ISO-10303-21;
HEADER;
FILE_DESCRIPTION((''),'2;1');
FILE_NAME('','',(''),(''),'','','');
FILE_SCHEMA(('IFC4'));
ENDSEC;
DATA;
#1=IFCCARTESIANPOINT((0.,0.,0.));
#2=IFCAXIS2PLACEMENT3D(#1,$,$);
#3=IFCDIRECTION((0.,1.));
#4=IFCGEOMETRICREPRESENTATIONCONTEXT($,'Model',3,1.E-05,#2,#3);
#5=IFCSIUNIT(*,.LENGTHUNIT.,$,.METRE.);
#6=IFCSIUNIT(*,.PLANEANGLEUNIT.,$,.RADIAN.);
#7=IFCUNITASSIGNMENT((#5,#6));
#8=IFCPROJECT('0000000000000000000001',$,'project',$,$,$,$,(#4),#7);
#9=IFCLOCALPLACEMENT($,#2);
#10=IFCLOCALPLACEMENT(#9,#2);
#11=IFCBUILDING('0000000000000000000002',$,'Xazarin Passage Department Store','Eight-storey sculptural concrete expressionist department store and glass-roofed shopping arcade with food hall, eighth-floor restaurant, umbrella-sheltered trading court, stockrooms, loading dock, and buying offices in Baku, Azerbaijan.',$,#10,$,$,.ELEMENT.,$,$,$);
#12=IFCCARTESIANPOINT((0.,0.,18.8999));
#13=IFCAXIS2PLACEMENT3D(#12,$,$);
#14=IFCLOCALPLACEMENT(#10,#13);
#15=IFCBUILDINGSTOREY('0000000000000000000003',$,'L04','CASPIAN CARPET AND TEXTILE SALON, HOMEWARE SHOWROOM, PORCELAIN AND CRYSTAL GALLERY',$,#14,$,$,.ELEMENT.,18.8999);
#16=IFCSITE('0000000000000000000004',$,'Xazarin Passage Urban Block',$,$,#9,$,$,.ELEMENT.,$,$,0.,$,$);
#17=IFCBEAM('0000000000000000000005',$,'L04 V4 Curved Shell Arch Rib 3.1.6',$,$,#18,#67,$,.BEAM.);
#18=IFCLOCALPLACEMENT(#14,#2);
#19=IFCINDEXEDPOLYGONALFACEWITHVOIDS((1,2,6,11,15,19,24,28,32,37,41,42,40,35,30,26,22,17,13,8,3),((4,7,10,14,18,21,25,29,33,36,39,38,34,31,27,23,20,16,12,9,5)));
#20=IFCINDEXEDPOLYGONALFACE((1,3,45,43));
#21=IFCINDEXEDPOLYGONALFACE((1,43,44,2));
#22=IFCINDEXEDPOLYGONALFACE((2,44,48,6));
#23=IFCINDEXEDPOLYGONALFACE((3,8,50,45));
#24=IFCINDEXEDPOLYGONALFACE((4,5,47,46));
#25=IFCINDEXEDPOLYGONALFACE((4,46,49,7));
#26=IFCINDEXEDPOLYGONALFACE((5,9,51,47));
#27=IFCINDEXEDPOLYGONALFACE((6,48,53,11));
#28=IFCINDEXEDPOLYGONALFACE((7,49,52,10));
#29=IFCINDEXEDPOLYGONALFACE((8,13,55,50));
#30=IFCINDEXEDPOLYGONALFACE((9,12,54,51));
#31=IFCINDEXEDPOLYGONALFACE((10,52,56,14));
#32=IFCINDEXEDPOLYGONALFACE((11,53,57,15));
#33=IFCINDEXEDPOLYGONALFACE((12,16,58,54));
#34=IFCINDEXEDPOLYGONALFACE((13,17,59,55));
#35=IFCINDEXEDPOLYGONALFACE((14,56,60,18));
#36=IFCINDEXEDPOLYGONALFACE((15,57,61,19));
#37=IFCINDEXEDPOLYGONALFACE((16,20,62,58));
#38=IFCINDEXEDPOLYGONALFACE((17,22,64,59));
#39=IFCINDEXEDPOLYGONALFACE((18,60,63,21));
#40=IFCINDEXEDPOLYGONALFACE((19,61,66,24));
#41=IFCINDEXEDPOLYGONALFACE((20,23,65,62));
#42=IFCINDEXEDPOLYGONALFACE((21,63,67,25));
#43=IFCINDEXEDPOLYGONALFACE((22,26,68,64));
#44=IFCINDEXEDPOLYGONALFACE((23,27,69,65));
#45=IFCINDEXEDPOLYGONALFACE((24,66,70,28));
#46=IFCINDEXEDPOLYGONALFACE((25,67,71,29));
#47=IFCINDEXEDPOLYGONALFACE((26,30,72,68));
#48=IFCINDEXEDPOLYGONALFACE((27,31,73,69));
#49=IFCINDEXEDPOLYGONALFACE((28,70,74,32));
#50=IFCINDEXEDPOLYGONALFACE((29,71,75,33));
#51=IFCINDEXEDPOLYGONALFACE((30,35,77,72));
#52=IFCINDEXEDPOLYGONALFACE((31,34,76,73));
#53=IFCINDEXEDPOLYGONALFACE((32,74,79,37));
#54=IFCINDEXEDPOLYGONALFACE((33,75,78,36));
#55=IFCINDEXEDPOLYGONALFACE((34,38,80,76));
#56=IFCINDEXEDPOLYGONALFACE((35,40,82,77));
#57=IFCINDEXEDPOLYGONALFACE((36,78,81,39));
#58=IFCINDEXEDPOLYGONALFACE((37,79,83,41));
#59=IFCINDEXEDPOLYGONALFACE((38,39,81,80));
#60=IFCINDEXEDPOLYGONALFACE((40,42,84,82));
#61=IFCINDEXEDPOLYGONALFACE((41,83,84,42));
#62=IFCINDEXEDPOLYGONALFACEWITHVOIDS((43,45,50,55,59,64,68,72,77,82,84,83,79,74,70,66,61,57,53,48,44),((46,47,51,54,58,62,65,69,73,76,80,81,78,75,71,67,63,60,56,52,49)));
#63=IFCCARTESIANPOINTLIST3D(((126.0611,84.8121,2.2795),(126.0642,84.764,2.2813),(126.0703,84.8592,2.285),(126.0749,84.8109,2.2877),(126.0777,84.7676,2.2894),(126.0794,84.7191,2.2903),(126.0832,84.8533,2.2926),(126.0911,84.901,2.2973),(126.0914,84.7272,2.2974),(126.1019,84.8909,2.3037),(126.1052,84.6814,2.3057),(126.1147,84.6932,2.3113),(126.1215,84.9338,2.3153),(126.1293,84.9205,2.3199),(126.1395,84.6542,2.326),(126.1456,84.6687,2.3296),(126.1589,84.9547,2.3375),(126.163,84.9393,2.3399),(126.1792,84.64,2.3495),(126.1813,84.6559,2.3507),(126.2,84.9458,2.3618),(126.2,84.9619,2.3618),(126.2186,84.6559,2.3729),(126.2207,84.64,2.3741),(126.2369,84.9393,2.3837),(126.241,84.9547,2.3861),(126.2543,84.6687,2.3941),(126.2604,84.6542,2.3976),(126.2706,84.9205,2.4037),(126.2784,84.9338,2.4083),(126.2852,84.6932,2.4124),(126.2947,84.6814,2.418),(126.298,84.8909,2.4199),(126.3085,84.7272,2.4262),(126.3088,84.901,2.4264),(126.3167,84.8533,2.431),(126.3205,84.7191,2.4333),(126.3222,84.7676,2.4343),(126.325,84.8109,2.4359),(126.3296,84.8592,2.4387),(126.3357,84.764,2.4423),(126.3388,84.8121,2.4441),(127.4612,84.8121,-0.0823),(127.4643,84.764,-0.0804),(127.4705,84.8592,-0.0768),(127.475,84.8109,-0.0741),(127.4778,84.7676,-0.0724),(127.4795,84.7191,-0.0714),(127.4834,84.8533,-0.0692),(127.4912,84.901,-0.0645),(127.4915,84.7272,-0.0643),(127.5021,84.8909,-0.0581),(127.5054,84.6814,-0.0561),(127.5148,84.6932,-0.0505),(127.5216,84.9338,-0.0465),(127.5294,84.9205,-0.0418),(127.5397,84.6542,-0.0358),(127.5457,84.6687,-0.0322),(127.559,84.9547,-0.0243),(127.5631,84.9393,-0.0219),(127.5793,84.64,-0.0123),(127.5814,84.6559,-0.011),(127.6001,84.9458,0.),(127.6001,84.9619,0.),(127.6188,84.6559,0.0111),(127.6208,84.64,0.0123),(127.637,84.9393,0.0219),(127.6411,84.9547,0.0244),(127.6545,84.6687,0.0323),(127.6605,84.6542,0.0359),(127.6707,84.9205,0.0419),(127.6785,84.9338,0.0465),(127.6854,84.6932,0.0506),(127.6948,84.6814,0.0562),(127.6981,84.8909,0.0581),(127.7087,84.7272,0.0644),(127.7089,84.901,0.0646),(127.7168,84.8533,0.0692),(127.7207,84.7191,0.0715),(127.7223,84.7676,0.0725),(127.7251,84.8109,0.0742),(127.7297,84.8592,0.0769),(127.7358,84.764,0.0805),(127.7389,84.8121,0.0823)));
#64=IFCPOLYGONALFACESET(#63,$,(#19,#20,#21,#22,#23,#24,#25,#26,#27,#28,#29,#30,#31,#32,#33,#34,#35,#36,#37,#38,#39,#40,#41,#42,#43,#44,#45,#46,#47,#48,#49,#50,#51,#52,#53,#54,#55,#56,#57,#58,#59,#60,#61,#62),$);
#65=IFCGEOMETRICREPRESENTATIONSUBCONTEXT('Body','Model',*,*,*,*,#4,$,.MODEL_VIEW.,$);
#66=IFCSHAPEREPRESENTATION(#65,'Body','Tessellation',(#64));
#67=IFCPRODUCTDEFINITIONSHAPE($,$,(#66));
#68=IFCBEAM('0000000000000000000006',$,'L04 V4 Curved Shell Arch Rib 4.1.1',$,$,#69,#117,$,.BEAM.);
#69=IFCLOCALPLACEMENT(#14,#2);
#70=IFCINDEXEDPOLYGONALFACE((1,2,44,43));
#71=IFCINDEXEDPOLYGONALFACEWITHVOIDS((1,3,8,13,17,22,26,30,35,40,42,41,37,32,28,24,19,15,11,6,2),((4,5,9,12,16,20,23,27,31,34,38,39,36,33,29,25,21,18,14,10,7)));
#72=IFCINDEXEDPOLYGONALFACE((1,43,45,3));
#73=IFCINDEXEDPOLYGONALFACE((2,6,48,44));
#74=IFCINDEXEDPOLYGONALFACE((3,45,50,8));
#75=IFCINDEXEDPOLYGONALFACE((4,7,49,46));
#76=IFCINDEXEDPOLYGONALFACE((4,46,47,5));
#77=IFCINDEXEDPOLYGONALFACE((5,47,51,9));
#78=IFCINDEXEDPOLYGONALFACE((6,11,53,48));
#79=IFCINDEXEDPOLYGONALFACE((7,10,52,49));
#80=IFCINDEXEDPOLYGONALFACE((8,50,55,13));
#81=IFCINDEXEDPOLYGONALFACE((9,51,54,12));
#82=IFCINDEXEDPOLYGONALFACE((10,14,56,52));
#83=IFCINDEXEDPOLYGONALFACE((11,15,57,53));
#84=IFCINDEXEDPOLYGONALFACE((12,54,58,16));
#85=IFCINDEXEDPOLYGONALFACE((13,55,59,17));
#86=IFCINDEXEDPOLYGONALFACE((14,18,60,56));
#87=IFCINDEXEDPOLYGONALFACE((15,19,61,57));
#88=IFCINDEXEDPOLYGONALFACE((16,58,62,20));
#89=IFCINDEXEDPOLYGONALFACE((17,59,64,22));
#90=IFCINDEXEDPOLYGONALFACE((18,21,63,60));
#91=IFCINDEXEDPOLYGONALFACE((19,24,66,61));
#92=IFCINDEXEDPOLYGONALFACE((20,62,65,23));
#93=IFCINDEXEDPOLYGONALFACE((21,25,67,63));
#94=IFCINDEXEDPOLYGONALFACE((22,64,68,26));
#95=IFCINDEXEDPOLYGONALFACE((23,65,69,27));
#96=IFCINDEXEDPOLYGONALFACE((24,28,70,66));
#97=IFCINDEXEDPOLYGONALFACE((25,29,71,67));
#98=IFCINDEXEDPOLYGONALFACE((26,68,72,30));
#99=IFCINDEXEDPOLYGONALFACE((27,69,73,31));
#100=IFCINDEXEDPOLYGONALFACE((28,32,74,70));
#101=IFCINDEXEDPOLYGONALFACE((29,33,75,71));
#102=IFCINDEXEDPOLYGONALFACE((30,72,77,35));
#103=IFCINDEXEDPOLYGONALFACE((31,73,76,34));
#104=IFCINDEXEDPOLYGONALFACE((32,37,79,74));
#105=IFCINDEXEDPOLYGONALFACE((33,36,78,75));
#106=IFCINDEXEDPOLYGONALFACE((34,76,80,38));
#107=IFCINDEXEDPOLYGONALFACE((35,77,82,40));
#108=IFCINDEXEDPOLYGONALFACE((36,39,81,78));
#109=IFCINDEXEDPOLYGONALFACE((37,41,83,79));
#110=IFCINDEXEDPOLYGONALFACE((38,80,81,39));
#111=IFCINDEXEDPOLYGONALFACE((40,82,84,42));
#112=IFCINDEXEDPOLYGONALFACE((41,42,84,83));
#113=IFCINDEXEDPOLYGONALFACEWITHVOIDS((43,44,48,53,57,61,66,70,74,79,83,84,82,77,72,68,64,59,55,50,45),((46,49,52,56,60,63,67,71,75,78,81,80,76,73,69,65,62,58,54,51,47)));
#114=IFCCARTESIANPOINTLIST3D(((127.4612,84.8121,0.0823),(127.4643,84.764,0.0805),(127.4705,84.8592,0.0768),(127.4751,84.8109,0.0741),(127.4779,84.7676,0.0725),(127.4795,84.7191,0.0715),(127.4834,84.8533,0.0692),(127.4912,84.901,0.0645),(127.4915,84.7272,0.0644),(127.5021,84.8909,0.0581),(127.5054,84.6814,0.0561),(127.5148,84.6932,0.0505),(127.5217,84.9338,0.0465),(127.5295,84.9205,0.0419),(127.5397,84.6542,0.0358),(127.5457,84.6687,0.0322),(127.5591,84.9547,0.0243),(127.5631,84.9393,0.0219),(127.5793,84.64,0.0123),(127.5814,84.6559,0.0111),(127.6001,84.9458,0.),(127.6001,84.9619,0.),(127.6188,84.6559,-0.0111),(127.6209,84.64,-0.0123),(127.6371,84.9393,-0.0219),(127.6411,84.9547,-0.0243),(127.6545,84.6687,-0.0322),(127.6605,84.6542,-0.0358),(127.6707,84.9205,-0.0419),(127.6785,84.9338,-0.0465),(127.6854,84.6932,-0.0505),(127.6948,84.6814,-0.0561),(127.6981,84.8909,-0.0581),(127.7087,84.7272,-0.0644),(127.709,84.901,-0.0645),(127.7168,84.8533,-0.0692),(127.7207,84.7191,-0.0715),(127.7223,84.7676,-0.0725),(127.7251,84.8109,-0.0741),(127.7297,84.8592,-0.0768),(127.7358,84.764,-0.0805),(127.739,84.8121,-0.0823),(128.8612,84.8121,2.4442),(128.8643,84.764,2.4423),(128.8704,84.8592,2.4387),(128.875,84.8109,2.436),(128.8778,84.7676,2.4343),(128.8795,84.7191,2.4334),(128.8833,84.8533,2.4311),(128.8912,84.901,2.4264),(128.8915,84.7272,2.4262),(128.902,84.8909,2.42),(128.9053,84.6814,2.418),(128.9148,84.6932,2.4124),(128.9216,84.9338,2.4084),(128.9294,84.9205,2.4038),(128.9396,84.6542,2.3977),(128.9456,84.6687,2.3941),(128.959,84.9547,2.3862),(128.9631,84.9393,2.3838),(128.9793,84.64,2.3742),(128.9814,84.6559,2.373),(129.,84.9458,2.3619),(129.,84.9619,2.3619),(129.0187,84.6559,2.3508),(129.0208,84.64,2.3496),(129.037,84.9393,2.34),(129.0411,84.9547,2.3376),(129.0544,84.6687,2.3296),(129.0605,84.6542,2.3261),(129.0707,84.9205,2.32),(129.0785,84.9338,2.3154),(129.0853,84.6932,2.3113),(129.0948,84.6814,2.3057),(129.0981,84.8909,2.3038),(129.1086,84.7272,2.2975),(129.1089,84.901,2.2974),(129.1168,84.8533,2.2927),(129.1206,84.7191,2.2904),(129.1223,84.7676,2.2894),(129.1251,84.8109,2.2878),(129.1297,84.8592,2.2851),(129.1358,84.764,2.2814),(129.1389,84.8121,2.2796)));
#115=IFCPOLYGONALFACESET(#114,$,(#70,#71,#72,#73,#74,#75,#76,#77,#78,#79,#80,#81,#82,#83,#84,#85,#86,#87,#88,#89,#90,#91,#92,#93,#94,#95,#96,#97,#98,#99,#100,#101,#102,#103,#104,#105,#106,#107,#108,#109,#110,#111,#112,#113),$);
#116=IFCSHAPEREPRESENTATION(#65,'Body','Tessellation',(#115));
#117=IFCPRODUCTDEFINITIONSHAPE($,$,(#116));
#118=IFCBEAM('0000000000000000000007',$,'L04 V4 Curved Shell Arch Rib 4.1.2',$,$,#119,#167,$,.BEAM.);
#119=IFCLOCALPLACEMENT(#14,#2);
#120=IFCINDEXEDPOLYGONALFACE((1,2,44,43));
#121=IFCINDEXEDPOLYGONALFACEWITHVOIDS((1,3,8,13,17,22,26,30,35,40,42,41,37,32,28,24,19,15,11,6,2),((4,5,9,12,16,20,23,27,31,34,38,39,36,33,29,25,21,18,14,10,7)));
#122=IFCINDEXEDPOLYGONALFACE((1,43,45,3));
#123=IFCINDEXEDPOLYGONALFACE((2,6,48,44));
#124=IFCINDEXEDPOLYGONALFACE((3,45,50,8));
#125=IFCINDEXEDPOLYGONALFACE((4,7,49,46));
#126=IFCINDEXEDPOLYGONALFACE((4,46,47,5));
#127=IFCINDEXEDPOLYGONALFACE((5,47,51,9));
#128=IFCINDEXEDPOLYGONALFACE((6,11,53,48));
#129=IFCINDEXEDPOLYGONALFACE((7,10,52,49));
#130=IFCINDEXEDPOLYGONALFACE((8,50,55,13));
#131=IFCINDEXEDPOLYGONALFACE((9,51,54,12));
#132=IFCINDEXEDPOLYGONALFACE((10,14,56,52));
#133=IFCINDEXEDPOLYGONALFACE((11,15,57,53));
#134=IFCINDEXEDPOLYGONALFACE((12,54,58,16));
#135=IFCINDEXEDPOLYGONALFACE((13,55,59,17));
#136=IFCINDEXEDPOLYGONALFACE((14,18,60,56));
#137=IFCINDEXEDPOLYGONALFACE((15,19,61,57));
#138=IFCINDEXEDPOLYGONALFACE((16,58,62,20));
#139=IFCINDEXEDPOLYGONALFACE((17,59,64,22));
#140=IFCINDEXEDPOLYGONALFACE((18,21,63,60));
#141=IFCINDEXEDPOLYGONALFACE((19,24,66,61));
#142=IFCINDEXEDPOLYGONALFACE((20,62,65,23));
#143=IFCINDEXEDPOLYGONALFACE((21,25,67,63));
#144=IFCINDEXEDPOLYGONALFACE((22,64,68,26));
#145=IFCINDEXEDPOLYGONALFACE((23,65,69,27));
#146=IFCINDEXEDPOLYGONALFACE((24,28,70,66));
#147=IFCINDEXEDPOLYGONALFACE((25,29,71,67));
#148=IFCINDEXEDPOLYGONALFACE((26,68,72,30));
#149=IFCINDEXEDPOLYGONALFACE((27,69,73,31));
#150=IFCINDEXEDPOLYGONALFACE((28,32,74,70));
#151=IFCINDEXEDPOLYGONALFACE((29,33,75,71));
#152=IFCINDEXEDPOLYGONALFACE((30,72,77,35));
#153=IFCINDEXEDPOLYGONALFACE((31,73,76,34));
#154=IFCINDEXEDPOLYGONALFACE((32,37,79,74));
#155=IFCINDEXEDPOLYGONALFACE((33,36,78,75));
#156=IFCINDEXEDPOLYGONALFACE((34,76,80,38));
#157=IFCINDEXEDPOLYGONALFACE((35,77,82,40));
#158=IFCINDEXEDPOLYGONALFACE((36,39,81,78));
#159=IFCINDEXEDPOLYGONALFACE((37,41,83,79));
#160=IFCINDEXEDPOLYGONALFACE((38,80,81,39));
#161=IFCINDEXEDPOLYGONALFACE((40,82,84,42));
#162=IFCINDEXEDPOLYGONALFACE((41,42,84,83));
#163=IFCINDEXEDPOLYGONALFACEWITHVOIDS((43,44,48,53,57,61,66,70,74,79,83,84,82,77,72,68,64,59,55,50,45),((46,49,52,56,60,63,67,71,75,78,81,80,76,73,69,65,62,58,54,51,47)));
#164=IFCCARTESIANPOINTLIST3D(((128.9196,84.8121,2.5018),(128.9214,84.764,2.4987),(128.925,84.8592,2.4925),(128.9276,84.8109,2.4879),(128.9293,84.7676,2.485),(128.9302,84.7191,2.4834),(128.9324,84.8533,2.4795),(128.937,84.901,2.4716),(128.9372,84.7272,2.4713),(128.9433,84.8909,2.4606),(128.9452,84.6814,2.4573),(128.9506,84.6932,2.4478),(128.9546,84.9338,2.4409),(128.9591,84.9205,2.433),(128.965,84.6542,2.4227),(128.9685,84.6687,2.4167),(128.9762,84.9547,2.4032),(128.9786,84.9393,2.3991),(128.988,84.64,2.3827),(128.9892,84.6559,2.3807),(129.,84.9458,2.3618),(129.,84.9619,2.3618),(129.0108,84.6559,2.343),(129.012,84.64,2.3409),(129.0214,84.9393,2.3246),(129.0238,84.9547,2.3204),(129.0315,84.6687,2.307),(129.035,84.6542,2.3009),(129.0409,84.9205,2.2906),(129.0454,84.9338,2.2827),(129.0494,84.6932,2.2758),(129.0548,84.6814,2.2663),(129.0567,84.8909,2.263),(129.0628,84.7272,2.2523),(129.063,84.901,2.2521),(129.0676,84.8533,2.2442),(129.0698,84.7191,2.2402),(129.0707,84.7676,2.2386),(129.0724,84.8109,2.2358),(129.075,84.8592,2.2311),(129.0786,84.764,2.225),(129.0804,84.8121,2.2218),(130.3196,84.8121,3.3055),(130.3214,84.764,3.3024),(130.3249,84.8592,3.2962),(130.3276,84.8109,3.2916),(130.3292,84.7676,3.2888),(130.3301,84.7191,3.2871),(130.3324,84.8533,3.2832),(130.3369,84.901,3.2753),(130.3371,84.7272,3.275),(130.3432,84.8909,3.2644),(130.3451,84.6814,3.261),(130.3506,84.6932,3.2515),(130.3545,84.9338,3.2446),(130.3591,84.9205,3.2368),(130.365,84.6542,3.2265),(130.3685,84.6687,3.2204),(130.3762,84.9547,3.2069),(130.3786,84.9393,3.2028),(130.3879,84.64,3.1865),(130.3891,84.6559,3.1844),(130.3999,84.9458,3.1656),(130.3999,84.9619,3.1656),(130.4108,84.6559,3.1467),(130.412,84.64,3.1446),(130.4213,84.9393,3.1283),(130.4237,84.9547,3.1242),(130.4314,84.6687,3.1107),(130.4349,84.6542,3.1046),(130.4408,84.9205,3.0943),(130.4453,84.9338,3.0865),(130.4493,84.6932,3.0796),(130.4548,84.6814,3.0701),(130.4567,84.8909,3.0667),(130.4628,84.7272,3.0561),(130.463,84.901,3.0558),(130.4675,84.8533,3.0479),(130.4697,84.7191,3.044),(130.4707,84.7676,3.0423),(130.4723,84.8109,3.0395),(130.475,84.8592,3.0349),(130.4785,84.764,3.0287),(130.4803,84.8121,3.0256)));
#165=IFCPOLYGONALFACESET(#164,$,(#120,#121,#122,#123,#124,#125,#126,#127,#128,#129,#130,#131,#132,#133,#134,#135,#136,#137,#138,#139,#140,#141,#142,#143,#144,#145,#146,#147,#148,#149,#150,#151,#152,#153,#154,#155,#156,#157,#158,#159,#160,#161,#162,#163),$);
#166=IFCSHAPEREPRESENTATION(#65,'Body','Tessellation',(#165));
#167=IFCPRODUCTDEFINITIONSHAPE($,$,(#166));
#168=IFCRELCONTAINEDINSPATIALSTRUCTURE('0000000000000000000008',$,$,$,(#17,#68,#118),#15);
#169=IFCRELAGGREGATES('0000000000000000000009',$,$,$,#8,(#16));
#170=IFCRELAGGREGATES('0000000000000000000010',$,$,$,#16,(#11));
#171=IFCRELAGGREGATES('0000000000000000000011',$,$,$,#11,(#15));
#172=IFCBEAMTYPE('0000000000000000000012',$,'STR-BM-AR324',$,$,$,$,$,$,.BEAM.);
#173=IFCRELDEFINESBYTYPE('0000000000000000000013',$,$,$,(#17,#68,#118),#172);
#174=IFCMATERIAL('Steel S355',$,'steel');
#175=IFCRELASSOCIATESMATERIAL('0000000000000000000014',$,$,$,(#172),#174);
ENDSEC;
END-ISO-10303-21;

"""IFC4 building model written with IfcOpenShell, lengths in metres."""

from ifc_helpers import new_model, si_unit, direction, frame, origin, origin_2d, place, context, subcontext, project, spatial, hollow_circle, extrude, material, material_profile, profile_set, type_object, element, save


model = new_model("IFC4")

# Units and contexts
model_context = context("Model", 3, precision=1e-05, world=origin(), true_north=direction((0.0, 1.0)))
body_context = subcontext(model_context, "Body", "Model", "MODEL_VIEW")
ifc_project = project(units=[si_unit("LENGTHUNIT", "METRE"), si_unit("PLANEANGLEUNIT", "RADIAN")], contexts=[model_context])

# Site, building, storey
site_placement = place(None, origin())
site = spatial("IfcSite", under=ifc_project, at=site_placement, Name="Xazarin Passage Urban Block", CompositionType="ELEMENT", RefElevation=0.0)
building_placement = place(site_placement, origin())
building = spatial("IfcBuilding", under=site, at=building_placement, Name="Xazarin Passage Department Store", Description="Eight-storey sculptural concrete expressionist department store and glass-roofed shopping arcade with food hall, eighth-floor restaurant, umbrella-sheltered trading court, stockrooms, loading dock, and buying offices in Baku, Azerbaijan.", CompositionType="ELEMENT")
storey_placement = place(building_placement, frame((0.0, 0.0, 18.8999)))
storey = spatial("IfcBuildingStorey", under=building, at=storey_placement, Name="L04", Description="CASPIAN CARPET AND TEXTILE SALON, HOMEWARE SHOWROOM, PORCELAIN AND CRYSTAL GALLERY", CompositionType="ELEMENT", Elevation=18.8999)

# Beams
ifc_material_1 = material(Name="Steel S355", Category="steel")
ifc_material_profile_1 = material_profile(ifc_material_1, hollow_circle(Radius=0.1619, WallThickness=0.0161, at=origin_2d()), Name="CHS 323.9x16")
ifc_profile_set_1 = profile_set([ifc_material_profile_1], Name="Steel S355")
beam_type_1 = type_object("IfcBeamType", Name="STR-BM-AR324", PredefinedType="BEAM", material=ifc_profile_set_1)
for number, where, z_axis, x_axis, name in (
    (1, (126.2, 84.8, 2.3618), (0.509951, 0.0, -0.860203), (0.0, 1.0, 0.0), "L04 V4 Curved Shell Arch Rib 3.1.6"),
    (2, (127.6001, 84.8, 0.0), (0.509885, 0.0, 0.860242), (0.0, 1.0, 0.0), "L04 V4 Curved Shell Arch Rib 4.1.1"),
):
    element("IfcBeam", number, at=place(storey_placement, frame(where, z_axis=z_axis, x_axis=x_axis)), inside=storey, type_object=beam_type_1, Name=name, PredefinedType="BEAM", context=body_context, shape_type="SweptSolid", body=[
        extrude(hollow_circle(Radius=0.1619, WallThickness=0.0161, at=origin_2d()), origin(), (0.0, 0.0, 1.0), 2.7456),
    ])
beam_1_placement = place(storey_placement, frame((129.0, 84.8, 2.3618), z_axis=(0.867236, 0.0, 0.497897), x_axis=(0.0, 1.0, 0.0)))
element("IfcBeam", 3, at=beam_1_placement, inside=storey, type_object=beam_type_1, Name="L04 V4 Curved Shell Arch Rib 4.1.2", PredefinedType="BEAM", context=body_context, shape_type="SweptSolid", body=[
    extrude(hollow_circle(Radius=0.1619, WallThickness=0.0161, at=origin_2d()), origin(), (0.0, 0.0, 1.0), 1.6143),
])

save(model, "model.ifc")
